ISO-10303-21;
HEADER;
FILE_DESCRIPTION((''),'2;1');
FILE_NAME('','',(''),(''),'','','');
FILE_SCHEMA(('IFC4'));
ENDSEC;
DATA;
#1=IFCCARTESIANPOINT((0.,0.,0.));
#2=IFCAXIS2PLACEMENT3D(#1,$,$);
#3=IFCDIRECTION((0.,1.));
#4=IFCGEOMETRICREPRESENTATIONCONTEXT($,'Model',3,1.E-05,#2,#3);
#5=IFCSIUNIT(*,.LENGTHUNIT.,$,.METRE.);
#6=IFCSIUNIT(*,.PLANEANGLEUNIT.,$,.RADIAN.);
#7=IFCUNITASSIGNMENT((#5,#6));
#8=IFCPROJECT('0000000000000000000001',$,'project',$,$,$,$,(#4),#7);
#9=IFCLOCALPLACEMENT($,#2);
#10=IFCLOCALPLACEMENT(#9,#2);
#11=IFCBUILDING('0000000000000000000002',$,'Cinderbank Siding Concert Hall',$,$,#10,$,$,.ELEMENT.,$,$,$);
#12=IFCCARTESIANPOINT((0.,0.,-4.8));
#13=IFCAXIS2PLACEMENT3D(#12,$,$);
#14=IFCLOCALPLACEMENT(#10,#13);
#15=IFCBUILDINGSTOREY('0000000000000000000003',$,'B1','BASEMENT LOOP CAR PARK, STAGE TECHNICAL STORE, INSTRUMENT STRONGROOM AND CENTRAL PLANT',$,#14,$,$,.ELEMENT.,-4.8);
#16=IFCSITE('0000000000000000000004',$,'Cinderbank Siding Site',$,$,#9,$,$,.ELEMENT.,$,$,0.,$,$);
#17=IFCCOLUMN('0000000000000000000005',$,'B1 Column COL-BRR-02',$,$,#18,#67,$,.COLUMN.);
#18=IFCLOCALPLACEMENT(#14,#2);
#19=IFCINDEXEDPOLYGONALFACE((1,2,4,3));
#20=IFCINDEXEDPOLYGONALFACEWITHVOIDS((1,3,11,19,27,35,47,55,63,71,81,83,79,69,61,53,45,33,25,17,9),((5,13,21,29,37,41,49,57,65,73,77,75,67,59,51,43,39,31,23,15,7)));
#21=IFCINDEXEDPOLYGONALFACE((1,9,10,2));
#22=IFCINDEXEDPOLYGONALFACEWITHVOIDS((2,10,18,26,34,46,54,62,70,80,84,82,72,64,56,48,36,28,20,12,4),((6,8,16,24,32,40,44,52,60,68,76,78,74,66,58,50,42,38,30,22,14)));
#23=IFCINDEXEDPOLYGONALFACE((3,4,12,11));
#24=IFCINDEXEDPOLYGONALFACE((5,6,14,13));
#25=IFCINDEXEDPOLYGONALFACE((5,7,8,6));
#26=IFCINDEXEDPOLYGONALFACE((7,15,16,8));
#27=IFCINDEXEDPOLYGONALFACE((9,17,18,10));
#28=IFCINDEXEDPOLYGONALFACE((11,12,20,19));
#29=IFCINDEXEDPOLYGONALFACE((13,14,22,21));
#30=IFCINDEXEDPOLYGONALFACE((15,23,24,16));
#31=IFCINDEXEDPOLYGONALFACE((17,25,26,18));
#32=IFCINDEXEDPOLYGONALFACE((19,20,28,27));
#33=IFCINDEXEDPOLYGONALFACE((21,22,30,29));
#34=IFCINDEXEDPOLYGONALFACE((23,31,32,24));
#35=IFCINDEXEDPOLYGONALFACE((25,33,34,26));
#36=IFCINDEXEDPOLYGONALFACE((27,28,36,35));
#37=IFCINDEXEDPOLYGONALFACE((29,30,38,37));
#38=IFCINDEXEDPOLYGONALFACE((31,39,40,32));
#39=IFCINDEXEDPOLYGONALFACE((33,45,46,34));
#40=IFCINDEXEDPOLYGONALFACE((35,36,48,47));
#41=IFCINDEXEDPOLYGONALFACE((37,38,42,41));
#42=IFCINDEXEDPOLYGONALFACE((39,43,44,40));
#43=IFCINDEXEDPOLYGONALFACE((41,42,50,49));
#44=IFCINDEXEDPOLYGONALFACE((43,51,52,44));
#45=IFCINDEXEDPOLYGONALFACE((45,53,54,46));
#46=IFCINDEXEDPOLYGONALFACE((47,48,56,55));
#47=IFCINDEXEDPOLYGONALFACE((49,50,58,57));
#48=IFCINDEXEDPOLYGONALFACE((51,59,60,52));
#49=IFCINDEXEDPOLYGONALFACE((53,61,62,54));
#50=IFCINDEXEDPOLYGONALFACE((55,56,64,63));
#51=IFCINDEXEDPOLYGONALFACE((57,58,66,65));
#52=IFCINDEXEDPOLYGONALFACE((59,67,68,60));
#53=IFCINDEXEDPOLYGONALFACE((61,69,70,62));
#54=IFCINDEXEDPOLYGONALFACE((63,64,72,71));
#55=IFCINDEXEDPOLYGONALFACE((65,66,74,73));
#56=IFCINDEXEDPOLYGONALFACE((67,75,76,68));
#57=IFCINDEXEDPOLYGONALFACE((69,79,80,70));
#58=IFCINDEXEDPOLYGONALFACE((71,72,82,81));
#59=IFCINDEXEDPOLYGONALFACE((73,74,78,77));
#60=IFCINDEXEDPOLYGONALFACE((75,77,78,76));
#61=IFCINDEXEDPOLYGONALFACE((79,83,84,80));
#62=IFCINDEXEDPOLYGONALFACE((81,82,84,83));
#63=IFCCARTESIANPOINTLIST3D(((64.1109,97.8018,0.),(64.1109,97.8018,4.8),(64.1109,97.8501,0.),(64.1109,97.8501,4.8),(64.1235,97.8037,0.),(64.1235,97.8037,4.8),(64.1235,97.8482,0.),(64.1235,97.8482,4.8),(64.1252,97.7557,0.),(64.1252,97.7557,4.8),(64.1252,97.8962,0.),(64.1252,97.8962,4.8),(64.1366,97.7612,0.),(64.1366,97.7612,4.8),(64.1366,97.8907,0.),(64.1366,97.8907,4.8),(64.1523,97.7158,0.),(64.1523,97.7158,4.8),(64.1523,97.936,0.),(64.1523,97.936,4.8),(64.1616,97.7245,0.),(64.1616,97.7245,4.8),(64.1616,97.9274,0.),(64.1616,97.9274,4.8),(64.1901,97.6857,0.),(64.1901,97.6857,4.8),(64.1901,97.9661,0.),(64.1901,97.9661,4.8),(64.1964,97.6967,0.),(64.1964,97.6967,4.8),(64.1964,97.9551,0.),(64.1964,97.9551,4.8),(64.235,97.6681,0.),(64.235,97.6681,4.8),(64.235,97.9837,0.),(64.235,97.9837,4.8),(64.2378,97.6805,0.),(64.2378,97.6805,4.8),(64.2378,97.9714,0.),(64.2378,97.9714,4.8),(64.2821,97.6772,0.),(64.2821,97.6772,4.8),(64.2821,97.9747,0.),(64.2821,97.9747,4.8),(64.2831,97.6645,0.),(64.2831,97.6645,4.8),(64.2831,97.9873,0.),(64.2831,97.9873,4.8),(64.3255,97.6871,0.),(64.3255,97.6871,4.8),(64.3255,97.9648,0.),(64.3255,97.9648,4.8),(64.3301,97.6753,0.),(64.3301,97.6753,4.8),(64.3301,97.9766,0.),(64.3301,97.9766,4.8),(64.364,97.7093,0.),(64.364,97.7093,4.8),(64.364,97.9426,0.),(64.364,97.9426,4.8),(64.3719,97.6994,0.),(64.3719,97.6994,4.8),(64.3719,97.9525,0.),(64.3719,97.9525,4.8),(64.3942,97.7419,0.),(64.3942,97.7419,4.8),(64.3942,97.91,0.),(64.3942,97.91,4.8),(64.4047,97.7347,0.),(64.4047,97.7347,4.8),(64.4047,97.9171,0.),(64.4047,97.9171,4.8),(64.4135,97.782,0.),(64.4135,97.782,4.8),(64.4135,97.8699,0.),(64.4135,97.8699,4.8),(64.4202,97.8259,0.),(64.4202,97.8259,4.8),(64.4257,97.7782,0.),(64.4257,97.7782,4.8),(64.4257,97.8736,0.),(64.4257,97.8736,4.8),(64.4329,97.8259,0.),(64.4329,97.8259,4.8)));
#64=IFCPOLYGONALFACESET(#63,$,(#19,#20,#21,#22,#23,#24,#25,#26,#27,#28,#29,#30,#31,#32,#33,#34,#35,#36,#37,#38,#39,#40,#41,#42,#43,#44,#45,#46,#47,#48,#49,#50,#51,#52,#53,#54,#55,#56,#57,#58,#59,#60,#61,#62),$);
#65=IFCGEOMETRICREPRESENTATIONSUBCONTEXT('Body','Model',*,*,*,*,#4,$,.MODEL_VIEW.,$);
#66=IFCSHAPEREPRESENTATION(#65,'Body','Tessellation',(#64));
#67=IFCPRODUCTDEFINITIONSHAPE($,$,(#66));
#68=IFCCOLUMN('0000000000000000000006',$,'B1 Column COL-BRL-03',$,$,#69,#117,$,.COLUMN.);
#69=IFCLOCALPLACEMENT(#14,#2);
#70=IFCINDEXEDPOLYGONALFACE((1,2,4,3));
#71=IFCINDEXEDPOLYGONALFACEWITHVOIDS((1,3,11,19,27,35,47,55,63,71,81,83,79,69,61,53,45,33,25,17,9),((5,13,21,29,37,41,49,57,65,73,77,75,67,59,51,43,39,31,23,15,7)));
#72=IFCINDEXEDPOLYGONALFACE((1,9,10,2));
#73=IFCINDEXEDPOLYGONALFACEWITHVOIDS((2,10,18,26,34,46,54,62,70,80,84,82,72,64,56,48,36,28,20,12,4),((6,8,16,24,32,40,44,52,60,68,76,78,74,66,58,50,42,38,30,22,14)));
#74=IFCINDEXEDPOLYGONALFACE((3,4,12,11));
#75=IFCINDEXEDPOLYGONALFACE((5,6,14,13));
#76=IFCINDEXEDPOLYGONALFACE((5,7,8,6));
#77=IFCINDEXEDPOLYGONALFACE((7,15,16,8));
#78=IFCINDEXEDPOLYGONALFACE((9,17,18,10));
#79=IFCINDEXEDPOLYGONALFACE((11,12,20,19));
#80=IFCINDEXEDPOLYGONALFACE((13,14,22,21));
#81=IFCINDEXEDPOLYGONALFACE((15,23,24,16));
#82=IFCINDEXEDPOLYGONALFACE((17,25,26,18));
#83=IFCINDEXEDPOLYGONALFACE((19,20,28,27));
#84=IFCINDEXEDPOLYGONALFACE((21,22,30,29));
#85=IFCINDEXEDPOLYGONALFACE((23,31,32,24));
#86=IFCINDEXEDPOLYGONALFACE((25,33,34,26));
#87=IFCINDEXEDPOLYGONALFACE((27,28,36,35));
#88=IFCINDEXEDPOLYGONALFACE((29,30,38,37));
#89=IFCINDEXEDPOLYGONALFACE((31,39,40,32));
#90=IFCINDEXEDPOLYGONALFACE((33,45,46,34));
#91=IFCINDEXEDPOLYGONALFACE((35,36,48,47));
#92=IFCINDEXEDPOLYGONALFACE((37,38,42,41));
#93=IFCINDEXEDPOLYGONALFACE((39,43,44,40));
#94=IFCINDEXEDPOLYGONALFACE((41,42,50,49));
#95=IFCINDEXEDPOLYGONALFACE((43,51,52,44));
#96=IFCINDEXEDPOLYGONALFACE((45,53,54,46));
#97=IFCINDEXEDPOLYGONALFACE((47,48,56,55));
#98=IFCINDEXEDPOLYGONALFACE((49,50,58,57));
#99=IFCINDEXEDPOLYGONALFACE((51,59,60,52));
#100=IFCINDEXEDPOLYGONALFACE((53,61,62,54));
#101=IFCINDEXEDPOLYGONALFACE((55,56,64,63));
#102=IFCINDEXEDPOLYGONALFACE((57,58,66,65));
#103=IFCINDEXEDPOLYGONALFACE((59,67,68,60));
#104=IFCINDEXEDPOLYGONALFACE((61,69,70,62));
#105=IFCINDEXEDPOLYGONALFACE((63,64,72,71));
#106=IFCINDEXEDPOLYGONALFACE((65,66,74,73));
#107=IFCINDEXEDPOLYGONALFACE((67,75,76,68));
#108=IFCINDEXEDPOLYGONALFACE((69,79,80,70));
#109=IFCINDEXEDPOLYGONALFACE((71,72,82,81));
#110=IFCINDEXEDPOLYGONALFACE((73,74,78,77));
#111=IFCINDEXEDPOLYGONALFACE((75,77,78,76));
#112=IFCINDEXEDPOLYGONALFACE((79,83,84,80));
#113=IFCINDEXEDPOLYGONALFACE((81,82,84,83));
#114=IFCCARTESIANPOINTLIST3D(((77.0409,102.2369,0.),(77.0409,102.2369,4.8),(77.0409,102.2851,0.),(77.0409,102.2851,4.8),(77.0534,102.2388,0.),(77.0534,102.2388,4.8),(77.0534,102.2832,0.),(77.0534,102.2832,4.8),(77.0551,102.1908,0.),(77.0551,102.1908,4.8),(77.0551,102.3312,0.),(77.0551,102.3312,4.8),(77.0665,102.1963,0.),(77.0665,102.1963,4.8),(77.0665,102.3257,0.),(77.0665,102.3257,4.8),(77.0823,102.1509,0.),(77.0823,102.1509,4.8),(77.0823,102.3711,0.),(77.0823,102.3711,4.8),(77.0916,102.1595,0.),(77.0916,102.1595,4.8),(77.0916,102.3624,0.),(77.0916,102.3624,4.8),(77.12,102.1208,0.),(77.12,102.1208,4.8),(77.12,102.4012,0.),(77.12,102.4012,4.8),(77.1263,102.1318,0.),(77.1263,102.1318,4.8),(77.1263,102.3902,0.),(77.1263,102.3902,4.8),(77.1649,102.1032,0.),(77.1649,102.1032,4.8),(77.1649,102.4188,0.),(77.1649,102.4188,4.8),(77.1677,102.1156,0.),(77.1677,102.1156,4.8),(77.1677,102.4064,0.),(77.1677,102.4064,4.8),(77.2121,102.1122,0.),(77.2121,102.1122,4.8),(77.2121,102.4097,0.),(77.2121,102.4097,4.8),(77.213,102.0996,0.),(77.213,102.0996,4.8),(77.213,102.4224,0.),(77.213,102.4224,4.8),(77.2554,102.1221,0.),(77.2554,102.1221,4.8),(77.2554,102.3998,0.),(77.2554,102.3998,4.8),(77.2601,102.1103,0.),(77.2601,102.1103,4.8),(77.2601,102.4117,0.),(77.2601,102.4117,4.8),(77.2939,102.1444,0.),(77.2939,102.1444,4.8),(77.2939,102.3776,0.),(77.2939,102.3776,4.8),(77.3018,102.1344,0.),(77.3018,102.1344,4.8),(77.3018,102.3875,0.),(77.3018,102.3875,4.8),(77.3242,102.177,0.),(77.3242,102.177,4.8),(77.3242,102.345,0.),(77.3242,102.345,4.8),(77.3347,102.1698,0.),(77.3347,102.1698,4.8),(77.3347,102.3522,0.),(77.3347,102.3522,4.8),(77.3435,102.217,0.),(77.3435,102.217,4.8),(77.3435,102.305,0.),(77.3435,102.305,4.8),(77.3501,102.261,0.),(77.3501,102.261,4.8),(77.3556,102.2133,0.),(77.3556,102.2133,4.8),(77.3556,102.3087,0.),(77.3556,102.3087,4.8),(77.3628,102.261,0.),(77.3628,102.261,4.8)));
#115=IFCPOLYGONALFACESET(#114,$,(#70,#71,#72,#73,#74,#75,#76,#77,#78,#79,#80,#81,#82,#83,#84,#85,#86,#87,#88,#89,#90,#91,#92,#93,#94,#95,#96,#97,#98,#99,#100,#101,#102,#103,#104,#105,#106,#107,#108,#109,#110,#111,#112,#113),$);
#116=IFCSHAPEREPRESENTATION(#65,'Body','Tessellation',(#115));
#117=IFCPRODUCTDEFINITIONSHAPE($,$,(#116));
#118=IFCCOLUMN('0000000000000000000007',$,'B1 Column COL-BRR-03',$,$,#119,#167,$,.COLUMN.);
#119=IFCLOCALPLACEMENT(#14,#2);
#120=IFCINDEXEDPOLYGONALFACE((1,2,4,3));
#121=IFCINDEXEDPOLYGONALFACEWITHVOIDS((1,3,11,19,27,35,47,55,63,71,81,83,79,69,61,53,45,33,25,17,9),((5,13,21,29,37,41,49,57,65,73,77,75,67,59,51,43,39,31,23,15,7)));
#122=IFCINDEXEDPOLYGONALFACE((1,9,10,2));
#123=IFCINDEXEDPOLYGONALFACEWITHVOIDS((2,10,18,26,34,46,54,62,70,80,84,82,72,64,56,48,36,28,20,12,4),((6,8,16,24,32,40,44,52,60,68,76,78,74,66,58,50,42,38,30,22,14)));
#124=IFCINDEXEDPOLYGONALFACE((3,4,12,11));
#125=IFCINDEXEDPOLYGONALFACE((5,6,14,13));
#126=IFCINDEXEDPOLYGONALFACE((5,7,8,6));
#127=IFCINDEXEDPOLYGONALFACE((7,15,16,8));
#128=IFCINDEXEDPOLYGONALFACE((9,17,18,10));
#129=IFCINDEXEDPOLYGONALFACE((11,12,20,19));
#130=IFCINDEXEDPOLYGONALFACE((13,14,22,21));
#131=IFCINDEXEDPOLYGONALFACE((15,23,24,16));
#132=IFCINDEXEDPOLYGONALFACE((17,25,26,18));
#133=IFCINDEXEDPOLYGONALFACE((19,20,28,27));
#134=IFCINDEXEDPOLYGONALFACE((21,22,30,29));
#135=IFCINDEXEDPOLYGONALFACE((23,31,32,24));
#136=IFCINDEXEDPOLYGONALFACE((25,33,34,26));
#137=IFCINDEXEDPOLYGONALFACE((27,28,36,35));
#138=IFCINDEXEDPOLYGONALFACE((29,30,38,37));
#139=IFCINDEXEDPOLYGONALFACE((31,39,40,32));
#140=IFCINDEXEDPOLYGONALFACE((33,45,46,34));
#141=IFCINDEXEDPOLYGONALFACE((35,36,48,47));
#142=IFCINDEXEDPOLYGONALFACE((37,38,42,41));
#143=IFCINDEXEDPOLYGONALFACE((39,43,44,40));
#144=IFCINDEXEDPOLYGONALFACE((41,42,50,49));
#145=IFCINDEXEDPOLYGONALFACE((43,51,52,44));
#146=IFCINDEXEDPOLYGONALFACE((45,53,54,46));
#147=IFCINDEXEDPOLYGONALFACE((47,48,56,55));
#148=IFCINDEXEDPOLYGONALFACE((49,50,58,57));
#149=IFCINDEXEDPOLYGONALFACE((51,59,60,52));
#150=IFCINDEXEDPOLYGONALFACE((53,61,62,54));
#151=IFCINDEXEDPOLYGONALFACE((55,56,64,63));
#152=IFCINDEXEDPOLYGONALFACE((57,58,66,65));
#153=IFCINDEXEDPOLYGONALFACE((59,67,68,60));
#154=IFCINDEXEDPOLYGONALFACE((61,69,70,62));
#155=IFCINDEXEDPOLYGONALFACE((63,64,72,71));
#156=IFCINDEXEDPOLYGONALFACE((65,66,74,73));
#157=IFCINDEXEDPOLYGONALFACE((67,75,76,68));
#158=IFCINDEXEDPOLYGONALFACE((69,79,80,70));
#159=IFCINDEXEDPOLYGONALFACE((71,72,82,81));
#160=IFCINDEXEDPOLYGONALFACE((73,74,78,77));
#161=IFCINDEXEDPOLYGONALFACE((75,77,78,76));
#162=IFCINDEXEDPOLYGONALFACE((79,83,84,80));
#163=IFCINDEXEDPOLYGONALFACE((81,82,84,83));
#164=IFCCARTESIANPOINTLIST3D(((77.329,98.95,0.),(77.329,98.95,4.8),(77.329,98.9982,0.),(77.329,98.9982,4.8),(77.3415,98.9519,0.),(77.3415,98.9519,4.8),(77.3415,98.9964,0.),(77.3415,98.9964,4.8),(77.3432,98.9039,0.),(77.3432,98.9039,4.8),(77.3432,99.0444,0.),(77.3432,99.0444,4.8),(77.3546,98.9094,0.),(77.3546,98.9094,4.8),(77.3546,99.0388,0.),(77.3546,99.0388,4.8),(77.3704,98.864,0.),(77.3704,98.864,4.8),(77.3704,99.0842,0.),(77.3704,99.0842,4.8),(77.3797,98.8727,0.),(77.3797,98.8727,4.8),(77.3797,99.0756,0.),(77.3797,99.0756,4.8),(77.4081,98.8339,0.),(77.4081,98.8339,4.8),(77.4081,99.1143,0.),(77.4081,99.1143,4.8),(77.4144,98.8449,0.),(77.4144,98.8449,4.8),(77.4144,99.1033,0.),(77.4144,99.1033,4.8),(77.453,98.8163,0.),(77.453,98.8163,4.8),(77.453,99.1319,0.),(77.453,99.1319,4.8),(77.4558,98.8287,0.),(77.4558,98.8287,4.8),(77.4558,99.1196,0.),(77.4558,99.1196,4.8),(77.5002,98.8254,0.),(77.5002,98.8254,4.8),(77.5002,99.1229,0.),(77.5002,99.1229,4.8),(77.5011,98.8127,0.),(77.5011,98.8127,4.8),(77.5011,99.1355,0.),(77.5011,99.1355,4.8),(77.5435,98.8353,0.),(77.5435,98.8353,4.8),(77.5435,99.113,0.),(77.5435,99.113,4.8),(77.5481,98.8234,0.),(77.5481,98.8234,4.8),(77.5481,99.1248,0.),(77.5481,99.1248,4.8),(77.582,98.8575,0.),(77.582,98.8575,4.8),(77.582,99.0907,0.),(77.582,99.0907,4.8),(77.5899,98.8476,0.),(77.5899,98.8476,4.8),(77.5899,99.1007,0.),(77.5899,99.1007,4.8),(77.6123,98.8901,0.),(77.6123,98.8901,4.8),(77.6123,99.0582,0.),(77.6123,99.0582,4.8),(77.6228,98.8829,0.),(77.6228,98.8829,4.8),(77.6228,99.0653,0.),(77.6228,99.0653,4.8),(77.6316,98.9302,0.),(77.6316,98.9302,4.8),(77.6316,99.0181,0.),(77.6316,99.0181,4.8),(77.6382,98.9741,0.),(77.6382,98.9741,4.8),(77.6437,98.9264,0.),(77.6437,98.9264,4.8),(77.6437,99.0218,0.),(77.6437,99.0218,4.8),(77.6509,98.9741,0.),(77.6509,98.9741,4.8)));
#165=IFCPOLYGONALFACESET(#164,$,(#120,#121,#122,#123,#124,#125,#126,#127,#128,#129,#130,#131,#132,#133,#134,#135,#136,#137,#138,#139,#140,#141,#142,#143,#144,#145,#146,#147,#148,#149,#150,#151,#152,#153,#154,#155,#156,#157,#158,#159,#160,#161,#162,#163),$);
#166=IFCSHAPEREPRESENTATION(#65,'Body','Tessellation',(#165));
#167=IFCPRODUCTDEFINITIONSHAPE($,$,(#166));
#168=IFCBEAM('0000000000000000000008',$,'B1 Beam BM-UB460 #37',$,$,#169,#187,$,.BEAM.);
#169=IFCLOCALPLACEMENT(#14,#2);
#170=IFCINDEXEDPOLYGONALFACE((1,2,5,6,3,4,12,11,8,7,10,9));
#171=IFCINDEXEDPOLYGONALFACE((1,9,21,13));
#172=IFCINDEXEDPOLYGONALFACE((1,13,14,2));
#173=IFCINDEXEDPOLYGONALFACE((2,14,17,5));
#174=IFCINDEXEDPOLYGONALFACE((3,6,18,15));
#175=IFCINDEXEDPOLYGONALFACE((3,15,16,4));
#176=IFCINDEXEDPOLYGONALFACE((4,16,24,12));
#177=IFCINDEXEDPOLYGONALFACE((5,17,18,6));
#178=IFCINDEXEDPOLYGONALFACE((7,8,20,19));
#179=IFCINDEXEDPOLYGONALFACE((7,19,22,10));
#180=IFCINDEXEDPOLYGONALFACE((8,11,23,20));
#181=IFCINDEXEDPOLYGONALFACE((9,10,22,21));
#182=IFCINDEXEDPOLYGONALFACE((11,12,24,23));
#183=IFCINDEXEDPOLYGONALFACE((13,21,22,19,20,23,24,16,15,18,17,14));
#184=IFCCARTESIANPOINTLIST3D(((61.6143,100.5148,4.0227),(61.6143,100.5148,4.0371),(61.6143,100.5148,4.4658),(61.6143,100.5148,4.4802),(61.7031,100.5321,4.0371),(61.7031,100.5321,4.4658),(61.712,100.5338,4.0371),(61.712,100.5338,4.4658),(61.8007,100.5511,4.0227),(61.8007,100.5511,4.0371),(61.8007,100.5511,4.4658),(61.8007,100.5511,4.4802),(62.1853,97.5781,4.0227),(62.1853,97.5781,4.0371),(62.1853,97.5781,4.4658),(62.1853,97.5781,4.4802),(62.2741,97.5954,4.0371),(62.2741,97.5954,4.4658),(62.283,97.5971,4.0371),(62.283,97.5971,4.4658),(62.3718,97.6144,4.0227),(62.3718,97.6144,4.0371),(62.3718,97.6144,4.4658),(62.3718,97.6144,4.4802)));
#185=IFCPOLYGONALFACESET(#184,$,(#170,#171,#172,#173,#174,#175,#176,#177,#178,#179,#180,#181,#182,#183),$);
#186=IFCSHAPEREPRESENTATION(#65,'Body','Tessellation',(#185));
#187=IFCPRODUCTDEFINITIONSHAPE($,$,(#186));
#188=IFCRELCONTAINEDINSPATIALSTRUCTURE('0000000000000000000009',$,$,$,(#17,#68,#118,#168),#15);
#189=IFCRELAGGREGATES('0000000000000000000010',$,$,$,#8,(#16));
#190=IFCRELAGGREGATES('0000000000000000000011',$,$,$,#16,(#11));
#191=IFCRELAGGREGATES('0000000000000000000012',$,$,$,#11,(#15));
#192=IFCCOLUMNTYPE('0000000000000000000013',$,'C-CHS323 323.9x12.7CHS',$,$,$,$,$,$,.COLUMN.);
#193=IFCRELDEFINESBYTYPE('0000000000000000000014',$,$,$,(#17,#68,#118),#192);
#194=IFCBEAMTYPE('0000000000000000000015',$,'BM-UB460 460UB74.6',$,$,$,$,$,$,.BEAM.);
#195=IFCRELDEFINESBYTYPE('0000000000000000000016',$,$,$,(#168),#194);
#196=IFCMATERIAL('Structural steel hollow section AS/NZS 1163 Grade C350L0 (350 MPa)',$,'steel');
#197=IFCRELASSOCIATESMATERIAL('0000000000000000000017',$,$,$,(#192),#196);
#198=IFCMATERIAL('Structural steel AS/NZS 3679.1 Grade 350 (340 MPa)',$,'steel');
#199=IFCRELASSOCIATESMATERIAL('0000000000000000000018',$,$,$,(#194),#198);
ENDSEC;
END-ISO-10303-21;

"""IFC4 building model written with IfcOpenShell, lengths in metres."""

from ifc_helpers import new_model, si_unit, direction, frame, origin, origin_2d, place, context, subcontext, project, spatial, hollow_circle, i_section, extrude, material, material_profile, profile_set, type_object, element, save


model = new_model("IFC4")

# Units and contexts
model_context = context("Model", 3, precision=1e-05, world=origin(), true_north=direction((0.0, 1.0)))
body_context = subcontext(model_context, "Body", "Model", "MODEL_VIEW")
ifc_project = project(units=[si_unit("LENGTHUNIT", "METRE"), si_unit("PLANEANGLEUNIT", "RADIAN")], contexts=[model_context])

# Site, building, storey
site_placement = place(None, origin())
site = spatial("IfcSite", under=ifc_project, at=site_placement, Name="Cinderbank Siding Site", CompositionType="ELEMENT", RefElevation=0.0)
building_placement = place(site_placement, origin())
building = spatial("IfcBuilding", under=site, at=building_placement, Name="Cinderbank Siding Concert Hall", CompositionType="ELEMENT")
storey_placement = place(building_placement, frame((0.0, 0.0, -4.8)))
storey = spatial("IfcBuildingStorey", under=building, at=storey_placement, Name="B1", Description="BASEMENT LOOP CAR PARK, STAGE TECHNICAL STORE, INSTRUMENT STRONGROOM AND CENTRAL PLANT", CompositionType="ELEMENT", Elevation=-4.8)

# Columns
ifc_material_1 = material(Name="Structural steel hollow section AS/NZS 1163 Grade C350L0 (350 MPa)", Category="steel")
ifc_material_profile_1 = material_profile(ifc_material_1, hollow_circle(Radius=0.1619, WallThickness=0.0127, at=origin_2d()), Name="323.9x12.7CHS", Category="LoadBearing")
ifc_profile_set_1 = profile_set([ifc_material_profile_1], Name="Structural steel hollow section AS/NZS 1163 Grade C350L0 (350 MPa)")
column_type = type_object("IfcColumnType", Name="C-CHS323 323.9x12.7CHS", PredefinedType="COLUMN", material=ifc_profile_set_1)
for number, where, z_axis, x_axis, name in (
    (1, (64.271, 97.8259, 0.0), (0.0, 0.0, 1.0), (1.0, 0.0, 0.0), "B1 Column COL-BRR-02"),
    (2, (77.2009, 102.261, 0.0), (0.0, 0.0, 1.0), (1.0, 0.0, 0.0), "B1 Column COL-BRL-03"),
    (3, (77.489, 98.9741, 0.0), (0.0, 0.0, 1.0), (1.0, 0.0, 0.0), "B1 Column COL-BRR-03"),
):
    element("IfcColumn", number, at=place(storey_placement, frame(where, z_axis=z_axis, x_axis=x_axis)), inside=storey, type_object=column_type, Name=name, PredefinedType="COLUMN", context=body_context, shape_type="SweptSolid", body=[
        extrude(hollow_circle(Radius=0.1619, WallThickness=0.0127, at=origin_2d()), origin(), (0.0, 0.0, 1.0), 4.8),
    ])

# Beam
ifc_material_2 = material(Name="Structural steel AS/NZS 3679.1 Grade 350 (340 MPa)", Category="steel")
ifc_material_profile_2 = material_profile(ifc_material_2, i_section(OverallWidth=0.1899, OverallDepth=0.4575, WebThickness=0.009, FlangeThickness=0.0144, at=origin_2d()), Name="460UB74.6", Category="LoadBearing")
ifc_profile_set_2 = profile_set([ifc_material_profile_2], Name="Structural steel AS/NZS 3679.1 Grade 350 (340 MPa)")
beam_type_1 = type_object("IfcBeamType", Name="BM-UB460 460UB74.6", PredefinedType="BEAM", material=ifc_profile_set_2)
beam_1_placement = place(storey_placement, frame((61.7075, 100.533, 4.2515), z_axis=(0.190872, -0.981615, 0.0), x_axis=(0.981615, 0.190872, 0.0)))
element("IfcBeam", 4, at=beam_1_placement, inside=storey, type_object=beam_type_1, Name="B1 Beam BM-UB460 #37", PredefinedType="BEAM", context=body_context, shape_type="SweptSolid", body=[
    extrude(i_section(OverallWidth=0.1899, OverallDepth=0.4575, WebThickness=0.009, FlangeThickness=0.0144, at=origin_2d()), origin(), (0.0, 0.0, 1.0), 2.9917),
])

save(model, "model.ifc")
